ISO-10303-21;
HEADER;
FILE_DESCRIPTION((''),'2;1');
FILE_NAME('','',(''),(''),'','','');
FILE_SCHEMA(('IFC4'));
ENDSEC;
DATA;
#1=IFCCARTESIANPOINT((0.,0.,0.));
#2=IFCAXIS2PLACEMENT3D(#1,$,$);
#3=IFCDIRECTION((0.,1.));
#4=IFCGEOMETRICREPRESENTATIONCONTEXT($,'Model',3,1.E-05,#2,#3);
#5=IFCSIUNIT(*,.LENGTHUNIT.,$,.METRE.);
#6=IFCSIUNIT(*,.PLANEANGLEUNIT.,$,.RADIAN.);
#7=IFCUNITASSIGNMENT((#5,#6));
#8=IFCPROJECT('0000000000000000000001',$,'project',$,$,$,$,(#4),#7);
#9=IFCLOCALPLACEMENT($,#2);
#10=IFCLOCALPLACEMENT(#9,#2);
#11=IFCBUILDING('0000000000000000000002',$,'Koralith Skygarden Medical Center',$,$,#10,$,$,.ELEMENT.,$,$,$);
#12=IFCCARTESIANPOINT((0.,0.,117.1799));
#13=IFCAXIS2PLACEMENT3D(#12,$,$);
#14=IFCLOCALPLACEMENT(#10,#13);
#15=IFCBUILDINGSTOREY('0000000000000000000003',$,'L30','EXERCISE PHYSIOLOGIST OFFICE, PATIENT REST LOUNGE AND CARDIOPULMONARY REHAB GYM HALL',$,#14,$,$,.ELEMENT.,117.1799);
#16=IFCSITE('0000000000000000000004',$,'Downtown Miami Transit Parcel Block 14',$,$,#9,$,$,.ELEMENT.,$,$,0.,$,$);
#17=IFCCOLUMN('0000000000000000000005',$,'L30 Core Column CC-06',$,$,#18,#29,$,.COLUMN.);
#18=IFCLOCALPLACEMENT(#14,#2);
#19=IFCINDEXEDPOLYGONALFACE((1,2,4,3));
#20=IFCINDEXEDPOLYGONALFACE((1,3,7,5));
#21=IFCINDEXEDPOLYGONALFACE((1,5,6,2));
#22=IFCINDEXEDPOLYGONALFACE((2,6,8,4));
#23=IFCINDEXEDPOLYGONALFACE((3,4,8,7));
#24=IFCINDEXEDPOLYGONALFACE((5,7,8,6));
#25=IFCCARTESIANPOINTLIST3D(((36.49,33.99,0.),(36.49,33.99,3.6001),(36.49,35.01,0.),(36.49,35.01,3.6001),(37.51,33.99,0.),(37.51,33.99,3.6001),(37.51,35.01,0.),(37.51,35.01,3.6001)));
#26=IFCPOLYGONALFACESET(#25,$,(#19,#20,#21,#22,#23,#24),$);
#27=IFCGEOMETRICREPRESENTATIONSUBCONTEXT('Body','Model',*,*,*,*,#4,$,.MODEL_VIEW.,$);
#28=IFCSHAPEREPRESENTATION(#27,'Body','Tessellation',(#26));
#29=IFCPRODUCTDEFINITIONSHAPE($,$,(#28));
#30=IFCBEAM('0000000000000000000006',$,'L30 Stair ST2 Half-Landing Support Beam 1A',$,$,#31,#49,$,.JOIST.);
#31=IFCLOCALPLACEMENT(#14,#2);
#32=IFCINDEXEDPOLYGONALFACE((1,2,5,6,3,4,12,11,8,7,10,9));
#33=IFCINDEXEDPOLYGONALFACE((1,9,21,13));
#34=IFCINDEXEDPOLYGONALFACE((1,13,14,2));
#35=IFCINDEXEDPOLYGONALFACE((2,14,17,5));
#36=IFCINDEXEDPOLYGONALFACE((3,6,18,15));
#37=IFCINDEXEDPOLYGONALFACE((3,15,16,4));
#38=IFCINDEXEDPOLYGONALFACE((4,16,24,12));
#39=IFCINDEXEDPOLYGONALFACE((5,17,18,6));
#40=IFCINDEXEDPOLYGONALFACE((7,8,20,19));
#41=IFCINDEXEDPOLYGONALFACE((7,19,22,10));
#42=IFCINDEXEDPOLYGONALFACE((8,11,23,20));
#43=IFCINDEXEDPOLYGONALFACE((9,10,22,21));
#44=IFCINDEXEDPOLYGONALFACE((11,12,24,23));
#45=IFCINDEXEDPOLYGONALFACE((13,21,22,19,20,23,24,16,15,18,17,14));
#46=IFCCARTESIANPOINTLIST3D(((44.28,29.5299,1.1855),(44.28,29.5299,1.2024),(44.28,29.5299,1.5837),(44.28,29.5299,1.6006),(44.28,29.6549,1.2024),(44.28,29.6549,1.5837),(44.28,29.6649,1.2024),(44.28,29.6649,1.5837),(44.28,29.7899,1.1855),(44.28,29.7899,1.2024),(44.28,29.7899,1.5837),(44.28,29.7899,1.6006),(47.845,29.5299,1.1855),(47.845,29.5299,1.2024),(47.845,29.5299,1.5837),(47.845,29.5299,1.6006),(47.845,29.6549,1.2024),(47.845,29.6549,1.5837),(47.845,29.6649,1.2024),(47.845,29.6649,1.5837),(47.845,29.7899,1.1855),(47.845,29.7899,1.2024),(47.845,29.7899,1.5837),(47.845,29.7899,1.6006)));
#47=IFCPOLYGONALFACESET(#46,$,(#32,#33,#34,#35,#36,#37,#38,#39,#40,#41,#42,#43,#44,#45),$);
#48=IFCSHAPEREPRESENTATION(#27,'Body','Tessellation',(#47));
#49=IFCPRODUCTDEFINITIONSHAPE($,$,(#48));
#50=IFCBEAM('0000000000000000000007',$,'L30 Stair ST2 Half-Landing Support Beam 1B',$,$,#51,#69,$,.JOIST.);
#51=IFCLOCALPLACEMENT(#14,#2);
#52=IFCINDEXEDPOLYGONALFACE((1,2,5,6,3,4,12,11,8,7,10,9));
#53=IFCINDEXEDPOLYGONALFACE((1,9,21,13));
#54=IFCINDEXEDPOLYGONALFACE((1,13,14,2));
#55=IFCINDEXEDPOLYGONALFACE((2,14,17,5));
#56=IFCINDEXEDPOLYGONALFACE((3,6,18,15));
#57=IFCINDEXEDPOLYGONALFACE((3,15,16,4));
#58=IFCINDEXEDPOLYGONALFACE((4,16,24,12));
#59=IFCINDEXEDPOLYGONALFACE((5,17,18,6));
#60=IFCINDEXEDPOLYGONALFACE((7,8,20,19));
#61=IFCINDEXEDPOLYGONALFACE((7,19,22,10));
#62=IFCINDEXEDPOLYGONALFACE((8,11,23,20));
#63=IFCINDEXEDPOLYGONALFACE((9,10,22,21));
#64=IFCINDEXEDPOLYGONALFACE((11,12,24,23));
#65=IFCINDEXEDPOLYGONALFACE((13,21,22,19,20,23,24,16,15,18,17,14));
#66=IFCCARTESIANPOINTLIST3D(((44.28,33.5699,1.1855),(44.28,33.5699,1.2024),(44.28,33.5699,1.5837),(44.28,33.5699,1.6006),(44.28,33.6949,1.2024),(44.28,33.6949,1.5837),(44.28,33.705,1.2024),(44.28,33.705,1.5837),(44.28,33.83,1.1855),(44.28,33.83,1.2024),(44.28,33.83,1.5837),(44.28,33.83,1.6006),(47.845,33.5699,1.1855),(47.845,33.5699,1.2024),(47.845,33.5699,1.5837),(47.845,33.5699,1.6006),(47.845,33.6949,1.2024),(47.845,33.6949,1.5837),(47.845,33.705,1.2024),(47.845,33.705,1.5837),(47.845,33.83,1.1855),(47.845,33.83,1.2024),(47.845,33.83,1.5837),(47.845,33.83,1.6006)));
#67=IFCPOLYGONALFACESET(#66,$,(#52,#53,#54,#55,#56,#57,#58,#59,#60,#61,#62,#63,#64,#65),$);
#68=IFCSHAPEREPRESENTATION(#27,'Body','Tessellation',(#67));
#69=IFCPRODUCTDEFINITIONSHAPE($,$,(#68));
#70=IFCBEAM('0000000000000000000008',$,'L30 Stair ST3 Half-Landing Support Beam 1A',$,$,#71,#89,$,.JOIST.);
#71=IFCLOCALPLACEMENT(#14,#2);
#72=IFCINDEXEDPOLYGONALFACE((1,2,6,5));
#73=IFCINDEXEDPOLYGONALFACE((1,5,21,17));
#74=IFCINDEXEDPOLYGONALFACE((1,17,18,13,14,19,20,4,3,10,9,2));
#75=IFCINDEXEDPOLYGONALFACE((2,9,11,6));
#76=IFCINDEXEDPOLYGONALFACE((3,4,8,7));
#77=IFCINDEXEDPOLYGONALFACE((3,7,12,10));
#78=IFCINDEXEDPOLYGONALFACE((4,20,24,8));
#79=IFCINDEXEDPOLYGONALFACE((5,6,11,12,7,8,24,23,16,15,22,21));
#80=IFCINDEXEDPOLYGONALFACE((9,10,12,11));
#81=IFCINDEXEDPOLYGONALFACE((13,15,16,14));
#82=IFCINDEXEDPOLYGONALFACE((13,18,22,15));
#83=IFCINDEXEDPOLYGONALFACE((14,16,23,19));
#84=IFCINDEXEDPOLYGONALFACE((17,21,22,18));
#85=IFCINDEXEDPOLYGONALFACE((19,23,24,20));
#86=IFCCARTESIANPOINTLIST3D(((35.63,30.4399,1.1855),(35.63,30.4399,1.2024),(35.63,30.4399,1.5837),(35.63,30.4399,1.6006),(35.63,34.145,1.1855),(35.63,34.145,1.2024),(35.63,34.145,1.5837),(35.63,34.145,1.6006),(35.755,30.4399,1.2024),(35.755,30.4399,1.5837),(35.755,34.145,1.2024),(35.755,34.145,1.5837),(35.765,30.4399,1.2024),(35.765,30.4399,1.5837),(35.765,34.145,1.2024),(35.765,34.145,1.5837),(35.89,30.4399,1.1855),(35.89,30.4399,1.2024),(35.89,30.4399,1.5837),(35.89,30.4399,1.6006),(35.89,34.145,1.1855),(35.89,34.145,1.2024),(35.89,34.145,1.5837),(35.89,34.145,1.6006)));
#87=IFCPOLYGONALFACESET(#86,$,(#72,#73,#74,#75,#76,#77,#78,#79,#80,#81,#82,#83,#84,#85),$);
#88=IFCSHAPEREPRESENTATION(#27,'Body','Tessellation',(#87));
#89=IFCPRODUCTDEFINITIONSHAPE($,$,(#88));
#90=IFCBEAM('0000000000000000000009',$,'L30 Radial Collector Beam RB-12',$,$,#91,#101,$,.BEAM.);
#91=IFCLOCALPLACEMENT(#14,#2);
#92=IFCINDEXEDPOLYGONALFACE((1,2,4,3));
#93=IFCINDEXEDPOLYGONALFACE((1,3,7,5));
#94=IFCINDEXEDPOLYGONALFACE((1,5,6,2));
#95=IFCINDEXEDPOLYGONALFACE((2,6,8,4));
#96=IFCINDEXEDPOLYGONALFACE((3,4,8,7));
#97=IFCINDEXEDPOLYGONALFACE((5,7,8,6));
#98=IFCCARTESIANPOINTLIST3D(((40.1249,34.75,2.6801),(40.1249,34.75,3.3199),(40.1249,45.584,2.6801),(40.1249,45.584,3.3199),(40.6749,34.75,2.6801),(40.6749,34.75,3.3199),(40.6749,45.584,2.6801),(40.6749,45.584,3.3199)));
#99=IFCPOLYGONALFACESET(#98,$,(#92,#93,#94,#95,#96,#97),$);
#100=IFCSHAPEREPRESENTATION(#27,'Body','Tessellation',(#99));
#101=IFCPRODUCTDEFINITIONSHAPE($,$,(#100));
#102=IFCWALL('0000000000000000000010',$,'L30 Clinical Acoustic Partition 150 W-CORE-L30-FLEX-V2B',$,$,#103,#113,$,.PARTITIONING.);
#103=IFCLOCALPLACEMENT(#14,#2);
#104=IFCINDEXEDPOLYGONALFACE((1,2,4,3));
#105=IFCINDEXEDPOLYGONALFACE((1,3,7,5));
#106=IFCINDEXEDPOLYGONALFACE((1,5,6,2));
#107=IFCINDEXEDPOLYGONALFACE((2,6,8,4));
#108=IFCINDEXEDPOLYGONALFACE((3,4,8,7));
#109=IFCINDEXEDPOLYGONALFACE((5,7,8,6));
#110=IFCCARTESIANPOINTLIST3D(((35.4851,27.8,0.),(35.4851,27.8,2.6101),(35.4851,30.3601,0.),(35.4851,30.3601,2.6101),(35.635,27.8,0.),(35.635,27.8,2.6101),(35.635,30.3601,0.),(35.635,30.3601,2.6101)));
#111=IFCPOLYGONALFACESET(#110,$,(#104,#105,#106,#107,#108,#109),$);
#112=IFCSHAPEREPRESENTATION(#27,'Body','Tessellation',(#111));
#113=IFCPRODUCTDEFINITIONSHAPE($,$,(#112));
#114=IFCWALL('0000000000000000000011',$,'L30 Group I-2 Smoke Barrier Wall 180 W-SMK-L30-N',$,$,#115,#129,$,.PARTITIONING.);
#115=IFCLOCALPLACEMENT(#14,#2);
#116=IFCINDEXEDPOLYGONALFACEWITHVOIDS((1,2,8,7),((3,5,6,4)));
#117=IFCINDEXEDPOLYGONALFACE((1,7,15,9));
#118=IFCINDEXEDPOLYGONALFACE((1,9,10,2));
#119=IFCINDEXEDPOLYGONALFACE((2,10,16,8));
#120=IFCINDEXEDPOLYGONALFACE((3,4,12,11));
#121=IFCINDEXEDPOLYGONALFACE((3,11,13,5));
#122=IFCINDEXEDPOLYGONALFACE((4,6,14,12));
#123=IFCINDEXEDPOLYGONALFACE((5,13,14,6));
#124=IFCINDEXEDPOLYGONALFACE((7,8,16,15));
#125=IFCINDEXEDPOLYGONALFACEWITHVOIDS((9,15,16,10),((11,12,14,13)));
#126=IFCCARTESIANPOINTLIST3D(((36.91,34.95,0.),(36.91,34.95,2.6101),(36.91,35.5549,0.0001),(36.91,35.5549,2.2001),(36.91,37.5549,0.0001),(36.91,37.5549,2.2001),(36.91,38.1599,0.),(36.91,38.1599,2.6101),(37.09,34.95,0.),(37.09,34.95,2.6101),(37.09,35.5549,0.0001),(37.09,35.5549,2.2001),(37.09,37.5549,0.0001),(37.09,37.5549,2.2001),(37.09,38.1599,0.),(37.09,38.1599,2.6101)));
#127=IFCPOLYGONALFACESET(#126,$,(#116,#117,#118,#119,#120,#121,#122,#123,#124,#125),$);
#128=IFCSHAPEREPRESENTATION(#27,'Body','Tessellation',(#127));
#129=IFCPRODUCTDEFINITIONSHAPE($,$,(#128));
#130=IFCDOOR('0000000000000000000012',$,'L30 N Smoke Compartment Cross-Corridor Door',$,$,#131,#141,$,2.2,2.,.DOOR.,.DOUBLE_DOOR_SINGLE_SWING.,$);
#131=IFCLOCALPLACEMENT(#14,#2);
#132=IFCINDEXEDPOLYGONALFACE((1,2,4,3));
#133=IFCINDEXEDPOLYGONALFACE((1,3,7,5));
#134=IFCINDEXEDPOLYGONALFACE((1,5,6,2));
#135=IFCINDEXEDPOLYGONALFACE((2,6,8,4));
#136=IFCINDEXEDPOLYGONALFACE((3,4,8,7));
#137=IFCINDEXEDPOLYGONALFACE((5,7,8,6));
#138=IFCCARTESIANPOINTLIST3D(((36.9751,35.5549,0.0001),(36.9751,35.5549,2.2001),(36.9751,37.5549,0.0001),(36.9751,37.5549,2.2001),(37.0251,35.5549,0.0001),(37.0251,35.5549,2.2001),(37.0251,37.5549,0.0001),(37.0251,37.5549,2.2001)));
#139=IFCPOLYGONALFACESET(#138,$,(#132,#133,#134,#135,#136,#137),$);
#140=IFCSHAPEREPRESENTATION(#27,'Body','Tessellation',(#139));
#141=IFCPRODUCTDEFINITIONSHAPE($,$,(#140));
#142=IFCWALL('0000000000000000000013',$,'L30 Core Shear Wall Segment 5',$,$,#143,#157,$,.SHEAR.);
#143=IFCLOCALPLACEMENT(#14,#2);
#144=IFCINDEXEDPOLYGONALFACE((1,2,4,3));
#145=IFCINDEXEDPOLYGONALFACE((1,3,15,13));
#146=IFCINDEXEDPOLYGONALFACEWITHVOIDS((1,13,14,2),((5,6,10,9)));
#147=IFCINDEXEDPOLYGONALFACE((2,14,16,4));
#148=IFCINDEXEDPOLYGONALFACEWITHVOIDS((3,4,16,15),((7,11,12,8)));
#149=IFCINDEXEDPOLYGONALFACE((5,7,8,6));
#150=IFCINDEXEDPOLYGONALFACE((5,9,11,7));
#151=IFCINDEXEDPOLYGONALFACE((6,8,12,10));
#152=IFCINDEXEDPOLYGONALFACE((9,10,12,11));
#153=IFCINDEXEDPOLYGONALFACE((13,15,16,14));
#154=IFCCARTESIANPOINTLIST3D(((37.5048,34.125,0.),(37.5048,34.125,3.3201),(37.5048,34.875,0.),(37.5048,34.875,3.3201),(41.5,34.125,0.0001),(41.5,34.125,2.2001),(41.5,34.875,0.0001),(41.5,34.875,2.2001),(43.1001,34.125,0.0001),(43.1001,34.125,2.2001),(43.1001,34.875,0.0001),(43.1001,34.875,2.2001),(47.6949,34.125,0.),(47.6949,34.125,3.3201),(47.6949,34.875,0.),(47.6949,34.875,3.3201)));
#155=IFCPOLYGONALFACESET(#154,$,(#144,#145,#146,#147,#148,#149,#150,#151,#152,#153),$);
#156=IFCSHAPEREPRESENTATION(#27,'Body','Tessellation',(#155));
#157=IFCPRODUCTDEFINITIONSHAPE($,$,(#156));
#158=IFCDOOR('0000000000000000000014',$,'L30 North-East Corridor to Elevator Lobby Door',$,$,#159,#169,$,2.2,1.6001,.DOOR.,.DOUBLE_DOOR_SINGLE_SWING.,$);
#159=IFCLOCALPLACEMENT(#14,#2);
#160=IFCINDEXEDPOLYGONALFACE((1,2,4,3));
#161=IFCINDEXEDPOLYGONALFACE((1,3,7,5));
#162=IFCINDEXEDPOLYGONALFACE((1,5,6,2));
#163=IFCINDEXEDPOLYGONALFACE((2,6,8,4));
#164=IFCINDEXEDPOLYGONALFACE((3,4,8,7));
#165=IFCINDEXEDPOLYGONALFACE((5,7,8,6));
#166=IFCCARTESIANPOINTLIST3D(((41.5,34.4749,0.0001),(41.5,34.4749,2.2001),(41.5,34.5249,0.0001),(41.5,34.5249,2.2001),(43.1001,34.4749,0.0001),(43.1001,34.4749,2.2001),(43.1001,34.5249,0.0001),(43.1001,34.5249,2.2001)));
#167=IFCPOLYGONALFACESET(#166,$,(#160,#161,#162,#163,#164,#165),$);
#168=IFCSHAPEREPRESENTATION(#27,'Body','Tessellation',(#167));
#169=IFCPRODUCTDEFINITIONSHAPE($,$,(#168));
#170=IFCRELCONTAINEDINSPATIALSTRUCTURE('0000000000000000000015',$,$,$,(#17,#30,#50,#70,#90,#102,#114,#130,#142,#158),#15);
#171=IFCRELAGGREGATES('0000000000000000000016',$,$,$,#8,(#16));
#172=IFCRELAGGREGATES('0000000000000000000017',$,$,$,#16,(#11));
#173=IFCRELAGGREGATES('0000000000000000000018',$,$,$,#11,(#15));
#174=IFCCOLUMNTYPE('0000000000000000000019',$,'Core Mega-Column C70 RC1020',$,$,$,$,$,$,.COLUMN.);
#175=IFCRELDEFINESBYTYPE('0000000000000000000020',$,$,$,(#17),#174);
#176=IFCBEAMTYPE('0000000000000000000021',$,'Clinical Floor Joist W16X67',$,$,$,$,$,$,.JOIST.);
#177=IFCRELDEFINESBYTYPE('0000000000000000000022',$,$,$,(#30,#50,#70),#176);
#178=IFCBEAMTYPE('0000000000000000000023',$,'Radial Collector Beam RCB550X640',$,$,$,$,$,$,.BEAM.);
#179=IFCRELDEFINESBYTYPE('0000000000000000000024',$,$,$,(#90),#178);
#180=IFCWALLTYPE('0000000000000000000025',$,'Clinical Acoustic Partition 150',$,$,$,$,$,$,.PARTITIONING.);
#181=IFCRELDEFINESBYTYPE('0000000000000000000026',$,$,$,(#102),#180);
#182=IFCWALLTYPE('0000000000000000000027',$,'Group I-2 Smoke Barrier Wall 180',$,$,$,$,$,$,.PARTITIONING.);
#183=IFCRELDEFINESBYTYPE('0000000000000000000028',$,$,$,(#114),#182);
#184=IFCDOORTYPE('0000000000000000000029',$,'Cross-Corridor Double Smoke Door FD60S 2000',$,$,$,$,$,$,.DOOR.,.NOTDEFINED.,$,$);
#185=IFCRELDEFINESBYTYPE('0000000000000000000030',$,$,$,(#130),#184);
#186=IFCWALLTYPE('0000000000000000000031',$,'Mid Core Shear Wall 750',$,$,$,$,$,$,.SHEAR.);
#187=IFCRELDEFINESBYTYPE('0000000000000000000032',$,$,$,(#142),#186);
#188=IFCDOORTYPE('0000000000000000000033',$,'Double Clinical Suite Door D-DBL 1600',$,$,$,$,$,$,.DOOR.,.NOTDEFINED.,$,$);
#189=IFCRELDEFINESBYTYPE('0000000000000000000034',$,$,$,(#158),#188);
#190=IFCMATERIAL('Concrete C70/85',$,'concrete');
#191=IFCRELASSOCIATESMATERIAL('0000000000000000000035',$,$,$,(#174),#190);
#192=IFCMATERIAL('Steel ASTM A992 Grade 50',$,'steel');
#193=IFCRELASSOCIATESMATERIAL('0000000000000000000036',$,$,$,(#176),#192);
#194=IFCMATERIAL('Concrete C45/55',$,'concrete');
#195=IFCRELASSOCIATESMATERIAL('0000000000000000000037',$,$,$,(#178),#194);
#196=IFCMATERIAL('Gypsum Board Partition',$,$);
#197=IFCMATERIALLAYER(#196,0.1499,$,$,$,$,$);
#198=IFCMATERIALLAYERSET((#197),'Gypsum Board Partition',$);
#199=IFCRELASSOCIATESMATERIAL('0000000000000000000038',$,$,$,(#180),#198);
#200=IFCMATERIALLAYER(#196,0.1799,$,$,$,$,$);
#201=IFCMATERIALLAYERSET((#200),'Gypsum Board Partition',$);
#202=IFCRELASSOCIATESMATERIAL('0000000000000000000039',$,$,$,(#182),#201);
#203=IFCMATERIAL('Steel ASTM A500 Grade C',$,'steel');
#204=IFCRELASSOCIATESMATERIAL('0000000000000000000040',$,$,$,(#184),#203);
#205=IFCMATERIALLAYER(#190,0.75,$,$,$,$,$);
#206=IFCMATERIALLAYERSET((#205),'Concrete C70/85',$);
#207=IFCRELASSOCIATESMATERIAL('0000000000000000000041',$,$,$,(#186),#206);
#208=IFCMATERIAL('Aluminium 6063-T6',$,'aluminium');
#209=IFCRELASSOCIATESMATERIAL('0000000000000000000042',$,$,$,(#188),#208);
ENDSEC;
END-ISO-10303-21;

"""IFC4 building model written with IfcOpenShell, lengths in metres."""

from ifc_helpers import new_model, si_unit, direction, frame, frame_2d, origin, origin_2d, place, context, subcontext, project, spatial, rectangle, i_section, extrude, material, layer, layer_set, material_profile, profile_set, type_object, element, fill, save


model = new_model("IFC4")

# Units and contexts
model_context = context("Model", 3, precision=1e-05, world=origin(), true_north=direction((0.0, 1.0)))
body_context = subcontext(model_context, "Body", "Model", "MODEL_VIEW")
ifc_project = project(units=[si_unit("LENGTHUNIT", "METRE"), si_unit("PLANEANGLEUNIT", "RADIAN")], contexts=[model_context])

# Site, building, storey
site_placement = place(None, origin())
site = spatial("IfcSite", under=ifc_project, at=site_placement, Name="Downtown Miami Transit Parcel Block 14", CompositionType="ELEMENT", RefElevation=0.0)
building_placement = place(site_placement, origin())
building = spatial("IfcBuilding", under=site, at=building_placement, Name="Koralith Skygarden Medical Center", CompositionType="ELEMENT")
storey_placement = place(building_placement, frame((0.0, 0.0, 117.1799)))
storey = spatial("IfcBuildingStorey", under=building, at=storey_placement, Name="L30", Description="EXERCISE PHYSIOLOGIST OFFICE, PATIENT REST LOUNGE AND CARDIOPULMONARY REHAB GYM HALL", CompositionType="ELEMENT", Elevation=117.1799)

# Column
ifc_material_1 = material(Name="Concrete C70/85", Category="concrete")
ifc_material_profile_1 = material_profile(ifc_material_1, rectangle(XDim=1.02, YDim=1.02, at=origin_2d()), Name="RC1020X1020")
ifc_profile_set_1 = profile_set([ifc_material_profile_1], Name="Concrete C70/85")
column_type = type_object("IfcColumnType", Name="Core Mega-Column C70 RC1020", PredefinedType="COLUMN", material=ifc_profile_set_1)
column_placement = place(storey_placement, frame((37.0, 34.5, 0.0), z_axis=(0.0, 0.0, 1.0), x_axis=(1.0, 0.0, 0.0)))
element("IfcColumn", 1, at=column_placement, inside=storey, type_object=column_type, Name="L30 Core Column CC-06", PredefinedType="COLUMN", context=body_context, shape_type="SweptSolid", body=[
    extrude(rectangle(XDim=1.02, YDim=1.02, at=origin_2d()), origin(), (0.0, 0.0, 1.0), 3.6001),
])

# Beams
ifc_material_2 = material(Name="Steel ASTM A992 Grade 50", Category="steel")
ifc_material_profile_2 = material_profile(ifc_material_2, i_section(OverallWidth=0.26, OverallDepth=0.415, WebThickness=0.01, FlangeThickness=0.0168, at=origin_2d()), Name="W16X67")
ifc_profile_set_2 = profile_set([ifc_material_profile_2], Name="Steel ASTM A992 Grade 50")
beam_type_1 = type_object("IfcBeamType", Name="Clinical Floor Joist W16X67", PredefinedType="JOIST", material=ifc_profile_set_2)
for number, where, z_axis, x_axis, name in (
    (2, (44.28, 29.6599, 1.3931), (1.0, 0.0, 0.0), (0.0, 1.0, 0.0), "L30 Stair ST2 Half-Landing Support Beam 1A"),
    (3, (44.28, 33.7, 1.3931), (1.0, 0.0, 0.0), (0.0, 1.0, 0.0), "L30 Stair ST2 Half-Landing Support Beam 1B"),
):
    element("IfcBeam", number, at=place(storey_placement, frame(where, z_axis=z_axis, x_axis=x_axis)), inside=storey, type_object=beam_type_1, Name=name, PredefinedType="JOIST", context=body_context, shape_type="SweptSolid", body=[
        extrude(i_section(OverallWidth=0.26, OverallDepth=0.415, WebThickness=0.01, FlangeThickness=0.0168, at=origin_2d()), origin(), (0.0, 0.0, 1.0), 3.5649),
    ])
beam_1_placement = place(storey_placement, frame((35.76, 30.4399, 1.3931), z_axis=(0.0, 1.0, 0.0), x_axis=(-1.0, 0.0, 0.0)))
element("IfcBeam", 4, at=beam_1_placement, inside=storey, type_object=beam_type_1, Name="L30 Stair ST3 Half-Landing Support Beam 1A", PredefinedType="JOIST", context=body_context, shape_type="SweptSolid", body=[
    extrude(i_section(OverallWidth=0.26, OverallDepth=0.415, WebThickness=0.01, FlangeThickness=0.0168, at=origin_2d()), origin(), (0.0, 0.0, 1.0), 3.7051),
])
ifc_material_3 = material(Name="Concrete C45/55", Category="concrete")
ifc_material_profile_3 = material_profile(ifc_material_3, rectangle(XDim=0.55, YDim=0.6399, at=origin_2d()), Name="RCB550X640")
ifc_profile_set_3 = profile_set([ifc_material_profile_3], Name="Concrete C45/55")
beam_type_2 = type_object("IfcBeamType", Name="Radial Collector Beam RCB550X640", PredefinedType="BEAM", material=ifc_profile_set_3)
beam_2_placement = place(storey_placement, frame((40.3999, 34.75, 3.0), z_axis=(0.0, 1.0, 0.0), x_axis=(-1.0, 0.0, 0.0)))
element("IfcBeam", 5, at=beam_2_placement, inside=storey, type_object=beam_type_2, Name="L30 Radial Collector Beam RB-12", PredefinedType="BEAM", context=body_context, shape_type="SweptSolid", body=[
    extrude(rectangle(XDim=0.55, YDim=0.6399, at=origin_2d()), origin(), (0.0, 0.0, 1.0), 10.834),
])

# Wall
ifc_material_4 = material(Name="Gypsum Board Partition")
ifc_layer_1 = layer(ifc_material_4, 0.1499)
ifc_layer_set_1 = layer_set([ifc_layer_1], Name="Gypsum Board Partition")
wall_type_1 = type_object("IfcWallType", Name="Clinical Acoustic Partition 150", PredefinedType="PARTITIONING", material=ifc_layer_set_1)
wall_1_placement = place(storey_placement, frame((35.5601, 27.8, 0.0), z_axis=(0.0, 0.0, 1.0), x_axis=(0.0, 1.0, 0.0)))
element("IfcWall", 6, at=wall_1_placement, inside=storey, type_object=wall_type_1, Name="L30 Clinical Acoustic Partition 150 W-CORE-L30-FLEX-V2B", PredefinedType="PARTITIONING", context=body_context, shape_type="SweptSolid", body=[
    extrude(rectangle(XDim=2.5601, YDim=0.1499, at=frame_2d((1.28, 0.0))), origin(), (0.0, 0.0, 1.0), 2.6101),
])

# Walls, openings, doors
ifc_layer_2 = layer(ifc_material_4, 0.1799)
ifc_layer_set_2 = layer_set([ifc_layer_2], Name="Gypsum Board Partition")
wall_type_2 = type_object("IfcWallType", Name="Group I-2 Smoke Barrier Wall 180", PredefinedType="PARTITIONING", material=ifc_layer_set_2)
wall_2_placement = place(storey_placement, frame((37.0, 34.95, 0.0), z_axis=(0.0, 0.0, 1.0), x_axis=(0.0, 1.0, 0.0)))
wall_2 = element("IfcWall", 7, at=wall_2_placement, inside=storey, type_object=wall_type_2, Name="L30 Group I-2 Smoke Barrier Wall 180 W-SMK-L30-N", PredefinedType="PARTITIONING", context=body_context, shape_type="SweptSolid", body=[
    extrude(rectangle(XDim=3.21, YDim=0.1799, at=frame_2d((1.605, 0.0))), origin(), (0.0, 0.0, 1.0), 2.6101),
])
opening_1_placement = place(wall_2_placement, frame((0.605, 0.0, 0.0)))
opening_1 = element("IfcOpeningElement", 8, at=opening_1_placement, cuts=wall_2, PredefinedType="OPENING", context=body_context, shape_type="SweptSolid", body=[
    extrude(rectangle(XDim=2.0, YDim=2.2, at=frame_2d((1.0, 1.1001))), frame((0.0, 0.0999, 0.0), z_axis=(0.0, -1.0, 0.0), x_axis=(1.0, 0.0, 0.0)), (0.0, 0.0, 1.0), 0.2),
])
ifc_material_5 = material(Name="Steel ASTM A500 Grade C", Category="steel")
door_type_1 = type_object("IfcDoorType", Name="Cross-Corridor Double Smoke Door FD60S 2000", OperationType="NOTDEFINED", PredefinedType="DOOR", material=ifc_material_5)
door_1_placement = place(opening_1_placement, origin())
door_1 = element("IfcDoor", 9, at=door_1_placement, inside=storey, type_object=door_type_1, Name="L30 N Smoke Compartment Cross-Corridor Door", OperationType="DOUBLE_DOOR_SINGLE_SWING", OverallHeight=2.2, OverallWidth=2.0, PredefinedType="DOOR", context=body_context, shape_type="SweptSolid", body=[
    extrude(rectangle(XDim=2.0, YDim=2.2, at=frame_2d((1.0, 1.1001))), frame((0.0, 0.0249, 0.0), z_axis=(0.0, -1.0, 0.0), x_axis=(1.0, 0.0, 0.0)), (0.0, 0.0, 1.0), 0.05),
])
fill(opening_1, door_1)
ifc_layer_3 = layer(ifc_material_1, 0.75)
ifc_layer_set_3 = layer_set([ifc_layer_3], Name="Concrete C70/85")
wall_type_3 = type_object("IfcWallType", Name="Mid Core Shear Wall 750", PredefinedType="SHEAR", material=ifc_layer_set_3)
wall_3_placement = place(storey_placement, frame((47.6951, 34.5, 0.0), z_axis=(0.0, 0.0, 1.0), x_axis=(-1.0, 0.0, 0.0)))
wall_3 = element("IfcWall", 10, at=wall_3_placement, inside=storey, type_object=wall_type_3, Name="L30 Core Shear Wall Segment 5", PredefinedType="SHEAR", context=body_context, shape_type="SweptSolid", body=[
    extrude(rectangle(XDim=10.1902, YDim=0.75, at=frame_2d((5.0952, 0.0))), origin(), (0.0, 0.0, 1.0), 3.3201),
])
opening_2_placement = place(wall_3_placement, frame((4.595, 0.0, 0.0)))
opening_2 = element("IfcOpeningElement", 11, at=opening_2_placement, cuts=wall_3, PredefinedType="OPENING", context=body_context, shape_type="SweptSolid", body=[
    extrude(rectangle(XDim=1.6001, YDim=2.2, at=frame_2d((0.8, 1.1001))), frame((0.0, 0.385, 0.0), z_axis=(0.0, -1.0, 0.0), x_axis=(1.0, 0.0, 0.0)), (0.0, 0.0, 1.0), 0.77),
])
ifc_material_6 = material(Name="Aluminium 6063-T6", Category="aluminium")
door_type_2 = type_object("IfcDoorType", Name="Double Clinical Suite Door D-DBL 1600", OperationType="NOTDEFINED", PredefinedType="DOOR", material=ifc_material_6)
door_2_placement = place(opening_2_placement, frame((1.6001, 0.0, 0.0), z_axis=(0.0, 0.0, 1.0), x_axis=(-1.0, 0.0, 0.0)))
door_2 = element("IfcDoor", 12, at=door_2_placement, inside=storey, type_object=door_type_2, Name="L30 North-East Corridor to Elevator Lobby Door", OperationType="DOUBLE_DOOR_SINGLE_SWING", OverallHeight=2.2, OverallWidth=1.6001, PredefinedType="DOOR", context=body_context, shape_type="SweptSolid", body=[
    extrude(rectangle(XDim=1.6001, YDim=2.2, at=frame_2d((0.8, 1.1001))), frame((0.0, 0.0249, 0.0), z_axis=(0.0, -1.0, 0.0), x_axis=(1.0, 0.0, 0.0)), (0.0, 0.0, 1.0), 0.05),
])
fill(opening_2, door_2)

save(model, "model.ifc")
